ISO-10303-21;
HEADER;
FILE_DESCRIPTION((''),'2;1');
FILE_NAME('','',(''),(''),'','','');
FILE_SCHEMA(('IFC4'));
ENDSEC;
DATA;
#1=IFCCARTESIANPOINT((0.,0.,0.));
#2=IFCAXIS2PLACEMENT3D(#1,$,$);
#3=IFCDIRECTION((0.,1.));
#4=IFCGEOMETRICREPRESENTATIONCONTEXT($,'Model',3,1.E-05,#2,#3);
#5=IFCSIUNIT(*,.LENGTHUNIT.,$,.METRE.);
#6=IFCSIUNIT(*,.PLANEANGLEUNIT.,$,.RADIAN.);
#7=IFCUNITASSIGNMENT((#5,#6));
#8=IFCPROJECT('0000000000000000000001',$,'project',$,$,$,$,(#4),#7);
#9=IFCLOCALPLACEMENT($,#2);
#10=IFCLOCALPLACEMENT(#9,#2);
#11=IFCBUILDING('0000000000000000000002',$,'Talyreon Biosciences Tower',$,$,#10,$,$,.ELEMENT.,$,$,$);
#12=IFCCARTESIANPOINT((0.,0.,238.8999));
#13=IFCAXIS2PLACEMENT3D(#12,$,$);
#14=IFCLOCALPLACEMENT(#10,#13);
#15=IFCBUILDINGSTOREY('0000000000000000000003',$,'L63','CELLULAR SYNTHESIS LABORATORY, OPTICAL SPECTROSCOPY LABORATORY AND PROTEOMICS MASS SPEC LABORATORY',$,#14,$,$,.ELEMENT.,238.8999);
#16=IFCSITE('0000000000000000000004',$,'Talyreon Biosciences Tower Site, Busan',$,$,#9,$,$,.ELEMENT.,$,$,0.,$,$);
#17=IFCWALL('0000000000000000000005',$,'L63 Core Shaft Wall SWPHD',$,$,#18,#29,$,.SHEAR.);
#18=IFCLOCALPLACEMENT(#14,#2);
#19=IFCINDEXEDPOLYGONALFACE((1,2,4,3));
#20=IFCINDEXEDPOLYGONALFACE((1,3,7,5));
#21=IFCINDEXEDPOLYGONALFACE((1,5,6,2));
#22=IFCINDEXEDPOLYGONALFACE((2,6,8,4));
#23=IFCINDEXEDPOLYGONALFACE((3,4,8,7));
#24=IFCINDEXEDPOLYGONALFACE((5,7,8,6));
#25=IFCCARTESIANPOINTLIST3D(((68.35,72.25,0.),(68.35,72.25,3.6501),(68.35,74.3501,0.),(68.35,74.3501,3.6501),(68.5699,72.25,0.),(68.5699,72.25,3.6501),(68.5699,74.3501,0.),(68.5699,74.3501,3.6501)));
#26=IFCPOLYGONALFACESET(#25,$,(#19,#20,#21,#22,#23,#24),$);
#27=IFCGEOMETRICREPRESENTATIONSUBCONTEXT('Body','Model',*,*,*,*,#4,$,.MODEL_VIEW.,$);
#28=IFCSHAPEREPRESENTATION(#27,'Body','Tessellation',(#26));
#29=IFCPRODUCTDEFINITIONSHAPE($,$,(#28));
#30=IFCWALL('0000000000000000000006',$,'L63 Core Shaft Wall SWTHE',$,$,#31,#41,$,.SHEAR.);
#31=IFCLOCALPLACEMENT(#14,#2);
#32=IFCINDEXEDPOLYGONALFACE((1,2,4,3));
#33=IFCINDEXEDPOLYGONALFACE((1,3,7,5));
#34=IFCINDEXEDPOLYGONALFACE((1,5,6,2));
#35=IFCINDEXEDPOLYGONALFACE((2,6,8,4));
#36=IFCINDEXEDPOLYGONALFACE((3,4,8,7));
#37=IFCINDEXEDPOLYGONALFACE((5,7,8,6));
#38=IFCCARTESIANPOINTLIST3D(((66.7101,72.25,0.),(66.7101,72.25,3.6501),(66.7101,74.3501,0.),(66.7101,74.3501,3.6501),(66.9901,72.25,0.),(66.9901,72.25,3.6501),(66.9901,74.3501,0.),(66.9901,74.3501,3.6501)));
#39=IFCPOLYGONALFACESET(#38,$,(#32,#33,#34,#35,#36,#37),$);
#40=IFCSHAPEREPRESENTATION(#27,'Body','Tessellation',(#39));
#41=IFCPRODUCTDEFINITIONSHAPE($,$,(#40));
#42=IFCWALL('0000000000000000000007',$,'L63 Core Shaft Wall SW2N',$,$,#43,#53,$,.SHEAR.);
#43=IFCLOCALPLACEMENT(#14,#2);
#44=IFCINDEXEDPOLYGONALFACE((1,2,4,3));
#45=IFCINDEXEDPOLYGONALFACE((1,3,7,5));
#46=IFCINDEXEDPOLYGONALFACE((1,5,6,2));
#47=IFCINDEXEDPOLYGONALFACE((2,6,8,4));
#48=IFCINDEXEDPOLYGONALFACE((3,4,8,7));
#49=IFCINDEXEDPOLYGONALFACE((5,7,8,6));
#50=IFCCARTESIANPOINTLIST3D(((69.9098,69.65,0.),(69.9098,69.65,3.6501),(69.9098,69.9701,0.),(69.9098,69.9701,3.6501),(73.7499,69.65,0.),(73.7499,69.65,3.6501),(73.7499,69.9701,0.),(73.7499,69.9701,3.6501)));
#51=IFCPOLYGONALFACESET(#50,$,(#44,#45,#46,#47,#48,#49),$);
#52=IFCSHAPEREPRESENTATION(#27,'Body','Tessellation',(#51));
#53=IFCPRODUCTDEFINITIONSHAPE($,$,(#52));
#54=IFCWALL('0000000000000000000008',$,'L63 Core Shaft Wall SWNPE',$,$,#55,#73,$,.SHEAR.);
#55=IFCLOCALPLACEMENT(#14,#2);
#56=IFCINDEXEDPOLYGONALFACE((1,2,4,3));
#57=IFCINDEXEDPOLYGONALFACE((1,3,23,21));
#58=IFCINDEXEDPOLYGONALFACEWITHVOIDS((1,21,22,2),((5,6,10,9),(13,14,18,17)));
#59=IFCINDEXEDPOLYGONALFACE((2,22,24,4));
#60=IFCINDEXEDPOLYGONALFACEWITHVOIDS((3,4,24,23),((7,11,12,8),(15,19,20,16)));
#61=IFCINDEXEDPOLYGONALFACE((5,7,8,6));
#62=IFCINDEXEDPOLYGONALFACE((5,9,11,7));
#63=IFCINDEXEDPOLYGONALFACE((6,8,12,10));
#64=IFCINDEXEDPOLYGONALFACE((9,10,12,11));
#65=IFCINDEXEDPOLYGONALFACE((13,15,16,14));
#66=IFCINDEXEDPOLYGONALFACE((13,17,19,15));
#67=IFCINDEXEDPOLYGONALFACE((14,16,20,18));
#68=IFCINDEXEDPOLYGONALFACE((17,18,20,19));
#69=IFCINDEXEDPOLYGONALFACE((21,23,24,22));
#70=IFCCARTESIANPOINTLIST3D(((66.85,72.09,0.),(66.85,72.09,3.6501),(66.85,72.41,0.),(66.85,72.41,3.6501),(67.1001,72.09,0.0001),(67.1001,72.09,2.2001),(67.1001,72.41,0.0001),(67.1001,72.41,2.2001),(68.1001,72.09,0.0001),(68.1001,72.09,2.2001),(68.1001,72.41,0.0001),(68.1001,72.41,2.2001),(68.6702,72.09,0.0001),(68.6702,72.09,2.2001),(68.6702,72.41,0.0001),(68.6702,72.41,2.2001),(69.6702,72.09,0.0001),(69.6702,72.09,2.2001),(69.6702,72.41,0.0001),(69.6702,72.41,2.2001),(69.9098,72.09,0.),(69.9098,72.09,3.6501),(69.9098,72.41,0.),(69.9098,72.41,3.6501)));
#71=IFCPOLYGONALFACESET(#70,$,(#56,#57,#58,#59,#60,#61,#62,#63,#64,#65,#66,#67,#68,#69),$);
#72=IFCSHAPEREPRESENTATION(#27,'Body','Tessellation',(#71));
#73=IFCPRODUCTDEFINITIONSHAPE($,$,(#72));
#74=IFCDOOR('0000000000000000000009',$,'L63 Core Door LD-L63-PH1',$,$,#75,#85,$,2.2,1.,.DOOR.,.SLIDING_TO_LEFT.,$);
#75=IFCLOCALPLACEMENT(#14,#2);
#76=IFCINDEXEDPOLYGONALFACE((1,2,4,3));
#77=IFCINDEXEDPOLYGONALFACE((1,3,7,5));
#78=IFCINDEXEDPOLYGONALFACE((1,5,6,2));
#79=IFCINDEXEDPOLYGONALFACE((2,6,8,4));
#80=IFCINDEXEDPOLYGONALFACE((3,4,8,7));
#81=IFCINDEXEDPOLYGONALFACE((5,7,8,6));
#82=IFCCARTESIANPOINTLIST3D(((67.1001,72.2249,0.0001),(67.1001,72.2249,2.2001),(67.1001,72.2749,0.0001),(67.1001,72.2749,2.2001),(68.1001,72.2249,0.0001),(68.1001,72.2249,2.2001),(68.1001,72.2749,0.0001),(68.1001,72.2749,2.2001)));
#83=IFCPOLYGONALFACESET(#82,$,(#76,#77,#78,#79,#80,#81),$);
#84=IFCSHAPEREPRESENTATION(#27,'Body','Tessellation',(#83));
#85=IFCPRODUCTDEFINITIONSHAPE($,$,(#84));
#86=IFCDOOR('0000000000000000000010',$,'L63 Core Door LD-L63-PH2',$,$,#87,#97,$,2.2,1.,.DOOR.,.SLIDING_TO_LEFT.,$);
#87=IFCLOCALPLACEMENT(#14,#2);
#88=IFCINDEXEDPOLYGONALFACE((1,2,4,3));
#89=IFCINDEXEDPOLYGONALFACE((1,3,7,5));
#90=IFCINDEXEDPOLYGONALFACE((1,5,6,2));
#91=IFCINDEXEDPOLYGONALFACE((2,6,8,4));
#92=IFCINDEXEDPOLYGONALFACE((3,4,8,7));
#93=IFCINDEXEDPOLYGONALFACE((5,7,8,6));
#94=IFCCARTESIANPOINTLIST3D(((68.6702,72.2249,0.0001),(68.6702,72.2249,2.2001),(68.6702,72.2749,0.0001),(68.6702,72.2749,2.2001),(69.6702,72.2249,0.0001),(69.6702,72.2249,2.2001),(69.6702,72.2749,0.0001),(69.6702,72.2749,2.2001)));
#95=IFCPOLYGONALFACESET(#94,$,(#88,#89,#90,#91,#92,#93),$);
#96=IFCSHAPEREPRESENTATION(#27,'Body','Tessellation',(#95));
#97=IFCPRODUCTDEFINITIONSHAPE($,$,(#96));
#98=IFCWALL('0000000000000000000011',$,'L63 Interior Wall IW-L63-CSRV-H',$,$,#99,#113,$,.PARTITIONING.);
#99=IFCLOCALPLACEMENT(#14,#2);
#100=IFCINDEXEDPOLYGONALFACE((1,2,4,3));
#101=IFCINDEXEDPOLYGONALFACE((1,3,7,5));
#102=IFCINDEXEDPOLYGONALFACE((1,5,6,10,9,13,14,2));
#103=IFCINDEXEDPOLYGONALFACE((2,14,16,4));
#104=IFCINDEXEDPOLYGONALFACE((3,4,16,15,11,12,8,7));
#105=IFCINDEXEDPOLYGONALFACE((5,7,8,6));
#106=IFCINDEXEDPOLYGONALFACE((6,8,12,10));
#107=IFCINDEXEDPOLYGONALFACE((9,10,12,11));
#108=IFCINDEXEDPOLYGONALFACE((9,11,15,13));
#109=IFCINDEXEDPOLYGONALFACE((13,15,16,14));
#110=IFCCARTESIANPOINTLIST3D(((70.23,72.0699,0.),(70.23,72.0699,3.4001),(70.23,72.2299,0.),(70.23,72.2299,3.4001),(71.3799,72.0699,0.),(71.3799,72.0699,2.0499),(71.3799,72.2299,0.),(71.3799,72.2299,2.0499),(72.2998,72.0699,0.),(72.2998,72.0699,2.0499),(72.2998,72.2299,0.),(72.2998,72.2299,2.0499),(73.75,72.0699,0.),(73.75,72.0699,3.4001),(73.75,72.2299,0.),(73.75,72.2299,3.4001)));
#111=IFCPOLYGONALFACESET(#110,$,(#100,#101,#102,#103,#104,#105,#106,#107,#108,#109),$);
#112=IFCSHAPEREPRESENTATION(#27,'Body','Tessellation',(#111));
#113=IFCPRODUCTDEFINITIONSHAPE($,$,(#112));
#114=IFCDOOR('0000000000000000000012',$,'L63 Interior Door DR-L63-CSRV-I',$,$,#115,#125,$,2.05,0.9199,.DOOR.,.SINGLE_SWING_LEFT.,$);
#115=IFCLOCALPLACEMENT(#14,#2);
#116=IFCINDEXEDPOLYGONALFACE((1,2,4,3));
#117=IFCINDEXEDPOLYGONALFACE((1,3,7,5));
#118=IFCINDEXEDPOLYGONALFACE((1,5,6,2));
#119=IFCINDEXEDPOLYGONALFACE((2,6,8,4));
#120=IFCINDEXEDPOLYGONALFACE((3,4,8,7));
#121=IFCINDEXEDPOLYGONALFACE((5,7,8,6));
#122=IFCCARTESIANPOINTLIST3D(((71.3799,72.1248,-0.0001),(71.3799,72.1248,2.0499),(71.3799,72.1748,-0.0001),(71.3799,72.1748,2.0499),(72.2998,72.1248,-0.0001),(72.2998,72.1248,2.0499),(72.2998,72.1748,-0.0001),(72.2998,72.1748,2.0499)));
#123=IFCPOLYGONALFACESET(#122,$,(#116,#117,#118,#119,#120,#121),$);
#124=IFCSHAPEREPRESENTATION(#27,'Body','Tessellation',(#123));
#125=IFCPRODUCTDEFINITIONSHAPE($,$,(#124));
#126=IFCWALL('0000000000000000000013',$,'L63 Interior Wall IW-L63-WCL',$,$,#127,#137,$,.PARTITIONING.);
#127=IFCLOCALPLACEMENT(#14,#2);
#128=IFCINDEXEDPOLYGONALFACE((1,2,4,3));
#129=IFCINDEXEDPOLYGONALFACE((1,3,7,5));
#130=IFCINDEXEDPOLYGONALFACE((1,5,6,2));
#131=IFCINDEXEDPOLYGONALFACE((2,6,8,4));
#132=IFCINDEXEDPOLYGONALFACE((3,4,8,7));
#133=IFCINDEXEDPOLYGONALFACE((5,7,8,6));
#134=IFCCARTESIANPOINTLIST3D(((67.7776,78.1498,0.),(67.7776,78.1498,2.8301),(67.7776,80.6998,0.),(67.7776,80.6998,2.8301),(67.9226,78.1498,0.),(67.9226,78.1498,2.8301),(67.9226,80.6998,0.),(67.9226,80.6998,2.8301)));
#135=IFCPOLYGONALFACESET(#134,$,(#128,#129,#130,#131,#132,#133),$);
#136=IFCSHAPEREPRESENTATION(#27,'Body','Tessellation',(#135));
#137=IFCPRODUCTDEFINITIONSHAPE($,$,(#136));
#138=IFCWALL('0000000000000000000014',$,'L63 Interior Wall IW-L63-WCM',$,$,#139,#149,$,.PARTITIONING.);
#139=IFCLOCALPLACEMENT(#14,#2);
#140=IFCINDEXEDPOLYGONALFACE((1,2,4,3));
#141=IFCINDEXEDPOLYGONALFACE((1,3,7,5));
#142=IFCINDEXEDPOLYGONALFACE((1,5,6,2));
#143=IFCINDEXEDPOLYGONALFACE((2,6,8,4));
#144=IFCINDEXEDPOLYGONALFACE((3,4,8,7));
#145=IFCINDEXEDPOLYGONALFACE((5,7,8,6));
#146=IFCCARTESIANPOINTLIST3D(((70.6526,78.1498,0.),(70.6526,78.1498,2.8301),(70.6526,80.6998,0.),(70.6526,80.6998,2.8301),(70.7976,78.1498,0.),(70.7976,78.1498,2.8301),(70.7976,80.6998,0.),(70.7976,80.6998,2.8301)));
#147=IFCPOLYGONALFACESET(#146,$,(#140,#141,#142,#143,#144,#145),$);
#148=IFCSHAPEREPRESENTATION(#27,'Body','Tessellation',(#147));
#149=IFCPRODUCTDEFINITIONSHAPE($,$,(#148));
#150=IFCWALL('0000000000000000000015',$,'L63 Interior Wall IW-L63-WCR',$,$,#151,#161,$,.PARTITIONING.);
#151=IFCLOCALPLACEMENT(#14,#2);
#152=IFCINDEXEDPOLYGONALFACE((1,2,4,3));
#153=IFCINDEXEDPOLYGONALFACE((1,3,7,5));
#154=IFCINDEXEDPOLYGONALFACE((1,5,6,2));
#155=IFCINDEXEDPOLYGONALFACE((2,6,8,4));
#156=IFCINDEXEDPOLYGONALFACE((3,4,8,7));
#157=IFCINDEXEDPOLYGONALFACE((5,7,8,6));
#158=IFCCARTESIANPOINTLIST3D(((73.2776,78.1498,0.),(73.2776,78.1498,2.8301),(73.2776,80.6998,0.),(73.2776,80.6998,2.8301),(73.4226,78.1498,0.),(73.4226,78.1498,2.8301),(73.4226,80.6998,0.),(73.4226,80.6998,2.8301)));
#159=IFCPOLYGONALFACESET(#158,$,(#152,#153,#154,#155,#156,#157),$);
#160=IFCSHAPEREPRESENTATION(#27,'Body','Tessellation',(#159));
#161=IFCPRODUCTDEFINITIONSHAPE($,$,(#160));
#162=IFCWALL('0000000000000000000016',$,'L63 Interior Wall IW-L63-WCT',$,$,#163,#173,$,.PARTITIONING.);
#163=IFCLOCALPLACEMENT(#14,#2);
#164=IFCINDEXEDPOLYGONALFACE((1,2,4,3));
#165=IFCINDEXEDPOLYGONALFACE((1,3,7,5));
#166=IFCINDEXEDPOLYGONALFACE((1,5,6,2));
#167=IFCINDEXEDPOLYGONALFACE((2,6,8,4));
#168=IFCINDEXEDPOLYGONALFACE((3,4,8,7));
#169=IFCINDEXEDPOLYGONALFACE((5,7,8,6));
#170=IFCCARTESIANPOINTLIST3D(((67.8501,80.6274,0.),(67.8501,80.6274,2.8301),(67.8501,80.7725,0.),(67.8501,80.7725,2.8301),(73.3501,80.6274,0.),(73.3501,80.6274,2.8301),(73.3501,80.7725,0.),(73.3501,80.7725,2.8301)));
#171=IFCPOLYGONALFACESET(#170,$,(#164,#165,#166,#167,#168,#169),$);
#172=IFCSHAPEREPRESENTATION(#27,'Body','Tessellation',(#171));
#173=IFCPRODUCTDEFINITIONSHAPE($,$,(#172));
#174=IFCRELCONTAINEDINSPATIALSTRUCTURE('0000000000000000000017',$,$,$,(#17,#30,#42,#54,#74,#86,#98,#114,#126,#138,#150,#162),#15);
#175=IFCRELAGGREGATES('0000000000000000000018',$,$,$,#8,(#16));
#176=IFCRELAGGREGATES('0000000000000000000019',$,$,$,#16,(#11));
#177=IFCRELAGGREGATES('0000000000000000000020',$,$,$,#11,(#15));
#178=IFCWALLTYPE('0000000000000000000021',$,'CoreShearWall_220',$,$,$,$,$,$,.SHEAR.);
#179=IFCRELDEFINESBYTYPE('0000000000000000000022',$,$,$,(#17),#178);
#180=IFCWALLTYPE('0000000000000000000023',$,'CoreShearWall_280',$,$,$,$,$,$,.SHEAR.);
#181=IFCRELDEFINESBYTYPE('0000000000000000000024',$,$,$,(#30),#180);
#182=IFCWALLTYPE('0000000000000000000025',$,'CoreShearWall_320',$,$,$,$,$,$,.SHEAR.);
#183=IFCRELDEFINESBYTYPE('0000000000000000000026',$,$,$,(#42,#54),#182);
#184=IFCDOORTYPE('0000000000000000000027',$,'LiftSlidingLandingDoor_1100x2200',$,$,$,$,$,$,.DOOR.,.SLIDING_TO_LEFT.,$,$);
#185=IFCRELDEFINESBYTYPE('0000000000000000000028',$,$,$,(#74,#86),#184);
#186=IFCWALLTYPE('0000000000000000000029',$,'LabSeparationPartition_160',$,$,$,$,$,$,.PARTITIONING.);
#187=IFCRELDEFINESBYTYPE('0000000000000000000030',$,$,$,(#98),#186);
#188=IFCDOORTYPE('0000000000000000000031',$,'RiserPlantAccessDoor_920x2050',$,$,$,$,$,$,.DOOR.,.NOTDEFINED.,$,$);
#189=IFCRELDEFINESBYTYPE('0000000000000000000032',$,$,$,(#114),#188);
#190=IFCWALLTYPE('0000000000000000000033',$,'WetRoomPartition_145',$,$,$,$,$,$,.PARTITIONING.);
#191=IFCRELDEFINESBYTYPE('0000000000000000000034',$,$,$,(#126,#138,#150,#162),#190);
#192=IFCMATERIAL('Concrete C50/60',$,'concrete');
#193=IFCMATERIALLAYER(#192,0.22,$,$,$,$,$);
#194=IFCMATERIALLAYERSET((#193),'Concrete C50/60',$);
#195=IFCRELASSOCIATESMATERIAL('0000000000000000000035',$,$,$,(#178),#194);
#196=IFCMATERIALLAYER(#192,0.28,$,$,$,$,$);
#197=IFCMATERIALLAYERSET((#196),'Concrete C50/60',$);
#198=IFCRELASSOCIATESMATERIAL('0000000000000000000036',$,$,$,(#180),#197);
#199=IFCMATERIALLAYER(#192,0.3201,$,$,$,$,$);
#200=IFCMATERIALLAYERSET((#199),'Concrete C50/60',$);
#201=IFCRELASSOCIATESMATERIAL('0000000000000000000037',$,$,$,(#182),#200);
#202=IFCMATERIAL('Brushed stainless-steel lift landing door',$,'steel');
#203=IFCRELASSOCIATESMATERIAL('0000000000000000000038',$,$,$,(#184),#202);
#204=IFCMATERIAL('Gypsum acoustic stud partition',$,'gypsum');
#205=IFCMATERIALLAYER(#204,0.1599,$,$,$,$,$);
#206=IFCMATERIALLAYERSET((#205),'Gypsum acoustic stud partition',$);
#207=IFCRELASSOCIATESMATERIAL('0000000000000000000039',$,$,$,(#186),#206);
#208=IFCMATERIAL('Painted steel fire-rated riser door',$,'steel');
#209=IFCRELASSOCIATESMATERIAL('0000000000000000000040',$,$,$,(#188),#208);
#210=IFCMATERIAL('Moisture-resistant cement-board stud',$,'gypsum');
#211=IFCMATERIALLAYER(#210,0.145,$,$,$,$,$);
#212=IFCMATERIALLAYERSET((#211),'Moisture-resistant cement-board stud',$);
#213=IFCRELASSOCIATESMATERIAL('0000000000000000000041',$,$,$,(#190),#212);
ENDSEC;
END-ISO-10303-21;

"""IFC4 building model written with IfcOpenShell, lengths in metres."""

from ifc_helpers import new_model, si_unit, direction, frame, frame_2d, origin, place, context, subcontext, project, spatial, rectangle, extrude, material, layer, layer_set, type_object, element, fill, save


model = new_model("IFC4")

# Units and contexts
model_context = context("Model", 3, precision=1e-05, world=origin(), true_north=direction((0.0, 1.0)))
body_context = subcontext(model_context, "Body", "Model", "MODEL_VIEW")
ifc_project = project(units=[si_unit("LENGTHUNIT", "METRE"), si_unit("PLANEANGLEUNIT", "RADIAN")], contexts=[model_context])

# Site, building, storey
site_placement = place(None, origin())
site = spatial("IfcSite", under=ifc_project, at=site_placement, Name="Talyreon Biosciences Tower Site, Busan", CompositionType="ELEMENT", RefElevation=0.0)
building_placement = place(site_placement, origin())
building = spatial("IfcBuilding", under=site, at=building_placement, Name="Talyreon Biosciences Tower", CompositionType="ELEMENT")
storey_placement = place(building_placement, frame((0.0, 0.0, 238.8999)))
storey = spatial("IfcBuildingStorey", under=building, at=storey_placement, Name="L63", Description="CELLULAR SYNTHESIS LABORATORY, OPTICAL SPECTROSCOPY LABORATORY AND PROTEOMICS MASS SPEC LABORATORY", CompositionType="ELEMENT", Elevation=238.8999)

# Shared definitions
ifc_material_1 = material(Name="Concrete C50/60", Category="concrete")

# Walls
ifc_layer_1 = layer(ifc_material_1, 0.22)
ifc_layer_set_1 = layer_set([ifc_layer_1], Name="Concrete C50/60")
wall_type_1 = type_object("IfcWallType", Name="CoreShearWall_220", PredefinedType="SHEAR", material=ifc_layer_set_1)
wall_1_placement = place(storey_placement, frame((68.46, 72.25, 0.0), z_axis=(0.0, 0.0, 1.0), x_axis=(0.0, 1.0, 0.0)))
element("IfcWall", 1, at=wall_1_placement, inside=storey, type_object=wall_type_1, Name="L63 Core Shaft Wall SWPHD", PredefinedType="SHEAR", context=body_context, shape_type="SweptSolid", body=[
    extrude(rectangle(XDim=2.1001, YDim=0.22, at=frame_2d((1.05, 0.0))), origin(), (0.0, 0.0, 1.0), 3.6501),
])
ifc_layer_2 = layer(ifc_material_1, 0.28)
ifc_layer_set_2 = layer_set([ifc_layer_2], Name="Concrete C50/60")
wall_type_2 = type_object("IfcWallType", Name="CoreShearWall_280", PredefinedType="SHEAR", material=ifc_layer_set_2)
wall_2_placement = place(storey_placement, frame((66.8501, 72.25, 0.0), z_axis=(0.0, 0.0, 1.0), x_axis=(0.0, 1.0, 0.0)))
element("IfcWall", 2, at=wall_2_placement, inside=storey, type_object=wall_type_2, Name="L63 Core Shaft Wall SWTHE", PredefinedType="SHEAR", context=body_context, shape_type="SweptSolid", body=[
    extrude(rectangle(XDim=2.1001, YDim=0.28, at=frame_2d((1.05, 0.0))), origin(), (0.0, 0.0, 1.0), 3.6501),
])
ifc_layer_3 = layer(ifc_material_1, 0.3201)
ifc_layer_set_3 = layer_set([ifc_layer_3], Name="Concrete C50/60")
wall_type_3 = type_object("IfcWallType", Name="CoreShearWall_320", PredefinedType="SHEAR", material=ifc_layer_set_3)
wall_3_placement = place(storey_placement, frame((69.9099, 69.8101, 0.0), z_axis=(0.0, 0.0, 1.0), x_axis=(1.0, 0.0, 0.0)))
element("IfcWall", 3, at=wall_3_placement, inside=storey, type_object=wall_type_3, Name="L63 Core Shaft Wall SW2N", PredefinedType="SHEAR", context=body_context, shape_type="SweptSolid", body=[
    extrude(rectangle(XDim=3.8401, YDim=0.3201, at=frame_2d((1.9199, 0.0))), origin(), (0.0, 0.0, 1.0), 3.6501),
])

# Wall, openings, doors
wall_4_placement = place(storey_placement, frame((66.8501, 72.25, 0.0), z_axis=(0.0, 0.0, 1.0), x_axis=(1.0, 0.0, 0.0)))
wall_4 = element("IfcWall", 4, at=wall_4_placement, inside=storey, type_object=wall_type_3, Name="L63 Core Shaft Wall SWNPE", PredefinedType="SHEAR", context=body_context, shape_type="SweptSolid", body=[
    extrude(rectangle(XDim=3.0598, YDim=0.3201, at=frame_2d((1.5298, 0.0))), origin(), (0.0, 0.0, 1.0), 3.6501),
])
opening_1_placement = place(wall_4_placement, frame((0.25, 0.0, 0.0)))
opening_1 = element("IfcOpeningElement", 5, at=opening_1_placement, cuts=wall_4, PredefinedType="OPENING", context=body_context, shape_type="SweptSolid", body=[
    extrude(rectangle(XDim=1.0, YDim=2.2, at=frame_2d((0.5, 1.1001))), frame((0.0, 0.1699, 0.0), z_axis=(0.0, -1.0, 0.0), x_axis=(1.0, 0.0, 0.0)), (0.0, 0.0, 1.0), 0.3401),
])
opening_2_placement = place(wall_4_placement, frame((1.8201, 0.0, 0.0)))
opening_2 = element("IfcOpeningElement", 6, at=opening_2_placement, cuts=wall_4, PredefinedType="OPENING", context=body_context, shape_type="SweptSolid", body=[
    extrude(rectangle(XDim=1.0, YDim=2.2, at=frame_2d((0.5, 1.1001))), frame((0.0, 0.1699, 0.0), z_axis=(0.0, -1.0, 0.0), x_axis=(1.0, 0.0, 0.0)), (0.0, 0.0, 1.0), 0.3401),
])
ifc_material_2 = material(Name="Brushed stainless-steel lift landing door", Category="steel")
door_type_1 = type_object("IfcDoorType", Name="LiftSlidingLandingDoor_1100x2200", OperationType="SLIDING_TO_LEFT", PredefinedType="DOOR", material=ifc_material_2)
door_1_placement = place(opening_1_placement, origin())
door_1 = element("IfcDoor", 7, at=door_1_placement, inside=storey, type_object=door_type_1, Name="L63 Core Door LD-L63-PH1", OperationType="SLIDING_TO_LEFT", OverallHeight=2.2, OverallWidth=1.0, PredefinedType="DOOR", context=body_context, shape_type="SweptSolid", body=[
    extrude(rectangle(XDim=1.0, YDim=2.2, at=frame_2d((0.5, 1.1001))), frame((0.0, 0.0249, 0.0), z_axis=(0.0, -1.0, 0.0), x_axis=(1.0, 0.0, 0.0)), (0.0, 0.0, 1.0), 0.05),
])
fill(opening_1, door_1)
door_2_placement = place(opening_2_placement, origin())
door_2 = element("IfcDoor", 8, at=door_2_placement, inside=storey, type_object=door_type_1, Name="L63 Core Door LD-L63-PH2", OperationType="SLIDING_TO_LEFT", OverallHeight=2.2, OverallWidth=1.0, PredefinedType="DOOR", context=body_context, shape_type="SweptSolid", body=[
    extrude(rectangle(XDim=1.0, YDim=2.2, at=frame_2d((0.5, 1.1001))), frame((0.0, 0.0249, 0.0), z_axis=(0.0, -1.0, 0.0), x_axis=(1.0, 0.0, 0.0)), (0.0, 0.0, 1.0), 0.05),
])
fill(opening_2, door_2)

# Wall, opening, door
ifc_material_3 = material(Name="Gypsum acoustic stud partition", Category="gypsum")
ifc_layer_4 = layer(ifc_material_3, 0.1599)
ifc_layer_set_4 = layer_set([ifc_layer_4], Name="Gypsum acoustic stud partition")
wall_type_4 = type_object("IfcWallType", Name="LabSeparationPartition_160", PredefinedType="PARTITIONING", material=ifc_layer_set_4)
wall_5_placement = place(storey_placement, frame((70.23, 72.1499, 0.0), z_axis=(0.0, 0.0, 1.0), x_axis=(1.0, 0.0, 0.0)))
wall_5 = element("IfcWall", 9, at=wall_5_placement, inside=storey, type_object=wall_type_4, Name="L63 Interior Wall IW-L63-CSRV-H", PredefinedType="PARTITIONING", context=body_context, shape_type="SweptSolid", body=[
    extrude(rectangle(XDim=3.52, YDim=0.1599, at=frame_2d((1.76, 0.0))), origin(), (0.0, 0.0, 1.0), 3.4001),
])
opening_3_placement = place(wall_5_placement, frame((1.1499, 0.0, 0.0)))
opening_3 = element("IfcOpeningElement", 10, at=opening_3_placement, cuts=wall_5, PredefinedType="OPENING", context=body_context, shape_type="SweptSolid", body=[
    extrude(rectangle(XDim=0.9199, YDim=2.05, at=frame_2d((0.46, 1.0249))), frame((0.0, 0.0898, 0.0), z_axis=(0.0, -1.0, 0.0), x_axis=(1.0, 0.0, 0.0)), (0.0, 0.0, 1.0), 0.1799),
])
ifc_material_4 = material(Name="Painted steel fire-rated riser door", Category="steel")
door_type_2 = type_object("IfcDoorType", Name="RiserPlantAccessDoor_920x2050", OperationType="NOTDEFINED", PredefinedType="DOOR", material=ifc_material_4)
door_3_placement = place(opening_3_placement, origin())
door_3 = element("IfcDoor", 11, at=door_3_placement, inside=storey, type_object=door_type_2, Name="L63 Interior Door DR-L63-CSRV-I", OperationType="SINGLE_SWING_LEFT", OverallHeight=2.05, OverallWidth=0.9199, PredefinedType="DOOR", context=body_context, shape_type="SweptSolid", body=[
    extrude(rectangle(XDim=0.9199, YDim=2.05, at=frame_2d((0.46, 1.0249))), frame((0.0, 0.0249, 0.0), z_axis=(0.0, -1.0, 0.0), x_axis=(1.0, 0.0, 0.0)), (0.0, 0.0, 1.0), 0.05),
])
fill(opening_3, door_3)

# Walls
ifc_material_5 = material(Name="Moisture-resistant cement-board stud", Category="gypsum")
ifc_layer_5 = layer(ifc_material_5, 0.145)
ifc_layer_set_5 = layer_set([ifc_layer_5], Name="Moisture-resistant cement-board stud")
wall_type_5 = type_object("IfcWallType", Name="WetRoomPartition_145", PredefinedType="PARTITIONING", material=ifc_layer_set_5)
for number, where, z_axis, x_axis, name in (
    (12, (67.8501, 78.1499, 0.0), (0.0, 0.0, 1.0), (0.0, 1.0, 0.0), "L63 Interior Wall IW-L63-WCL"),
    (13, (70.7251, 78.1499, 0.0), (0.0, 0.0, 1.0), (0.0, 1.0, 0.0), "L63 Interior Wall IW-L63-WCM"),
    (14, (73.3501, 78.1499, 0.0), (0.0, 0.0, 1.0), (0.0, 1.0, 0.0), "L63 Interior Wall IW-L63-WCR"),
):
    element("IfcWall", number, at=place(storey_placement, frame(where, z_axis=z_axis, x_axis=x_axis)), inside=storey, type_object=wall_type_5, Name=name, PredefinedType="PARTITIONING", context=body_context, shape_type="SweptSolid", body=[
        extrude(rectangle(XDim=2.55, YDim=0.145, at=frame_2d((1.2749, 0.0))), origin(), (0.0, 0.0, 1.0), 2.8301),
    ])
wall_6_placement = place(storey_placement, frame((67.8501, 80.7, 0.0), z_axis=(0.0, 0.0, 1.0), x_axis=(1.0, 0.0, 0.0)))
element("IfcWall", 15, at=wall_6_placement, inside=storey, type_object=wall_type_5, Name="L63 Interior Wall IW-L63-WCT", PredefinedType="PARTITIONING", context=body_context, shape_type="SweptSolid", body=[
    extrude(rectangle(XDim=5.5, YDim=0.145, at=frame_2d((2.75, 0.0))), origin(), (0.0, 0.0, 1.0), 2.8301),
])

save(model, "model.ifc")
